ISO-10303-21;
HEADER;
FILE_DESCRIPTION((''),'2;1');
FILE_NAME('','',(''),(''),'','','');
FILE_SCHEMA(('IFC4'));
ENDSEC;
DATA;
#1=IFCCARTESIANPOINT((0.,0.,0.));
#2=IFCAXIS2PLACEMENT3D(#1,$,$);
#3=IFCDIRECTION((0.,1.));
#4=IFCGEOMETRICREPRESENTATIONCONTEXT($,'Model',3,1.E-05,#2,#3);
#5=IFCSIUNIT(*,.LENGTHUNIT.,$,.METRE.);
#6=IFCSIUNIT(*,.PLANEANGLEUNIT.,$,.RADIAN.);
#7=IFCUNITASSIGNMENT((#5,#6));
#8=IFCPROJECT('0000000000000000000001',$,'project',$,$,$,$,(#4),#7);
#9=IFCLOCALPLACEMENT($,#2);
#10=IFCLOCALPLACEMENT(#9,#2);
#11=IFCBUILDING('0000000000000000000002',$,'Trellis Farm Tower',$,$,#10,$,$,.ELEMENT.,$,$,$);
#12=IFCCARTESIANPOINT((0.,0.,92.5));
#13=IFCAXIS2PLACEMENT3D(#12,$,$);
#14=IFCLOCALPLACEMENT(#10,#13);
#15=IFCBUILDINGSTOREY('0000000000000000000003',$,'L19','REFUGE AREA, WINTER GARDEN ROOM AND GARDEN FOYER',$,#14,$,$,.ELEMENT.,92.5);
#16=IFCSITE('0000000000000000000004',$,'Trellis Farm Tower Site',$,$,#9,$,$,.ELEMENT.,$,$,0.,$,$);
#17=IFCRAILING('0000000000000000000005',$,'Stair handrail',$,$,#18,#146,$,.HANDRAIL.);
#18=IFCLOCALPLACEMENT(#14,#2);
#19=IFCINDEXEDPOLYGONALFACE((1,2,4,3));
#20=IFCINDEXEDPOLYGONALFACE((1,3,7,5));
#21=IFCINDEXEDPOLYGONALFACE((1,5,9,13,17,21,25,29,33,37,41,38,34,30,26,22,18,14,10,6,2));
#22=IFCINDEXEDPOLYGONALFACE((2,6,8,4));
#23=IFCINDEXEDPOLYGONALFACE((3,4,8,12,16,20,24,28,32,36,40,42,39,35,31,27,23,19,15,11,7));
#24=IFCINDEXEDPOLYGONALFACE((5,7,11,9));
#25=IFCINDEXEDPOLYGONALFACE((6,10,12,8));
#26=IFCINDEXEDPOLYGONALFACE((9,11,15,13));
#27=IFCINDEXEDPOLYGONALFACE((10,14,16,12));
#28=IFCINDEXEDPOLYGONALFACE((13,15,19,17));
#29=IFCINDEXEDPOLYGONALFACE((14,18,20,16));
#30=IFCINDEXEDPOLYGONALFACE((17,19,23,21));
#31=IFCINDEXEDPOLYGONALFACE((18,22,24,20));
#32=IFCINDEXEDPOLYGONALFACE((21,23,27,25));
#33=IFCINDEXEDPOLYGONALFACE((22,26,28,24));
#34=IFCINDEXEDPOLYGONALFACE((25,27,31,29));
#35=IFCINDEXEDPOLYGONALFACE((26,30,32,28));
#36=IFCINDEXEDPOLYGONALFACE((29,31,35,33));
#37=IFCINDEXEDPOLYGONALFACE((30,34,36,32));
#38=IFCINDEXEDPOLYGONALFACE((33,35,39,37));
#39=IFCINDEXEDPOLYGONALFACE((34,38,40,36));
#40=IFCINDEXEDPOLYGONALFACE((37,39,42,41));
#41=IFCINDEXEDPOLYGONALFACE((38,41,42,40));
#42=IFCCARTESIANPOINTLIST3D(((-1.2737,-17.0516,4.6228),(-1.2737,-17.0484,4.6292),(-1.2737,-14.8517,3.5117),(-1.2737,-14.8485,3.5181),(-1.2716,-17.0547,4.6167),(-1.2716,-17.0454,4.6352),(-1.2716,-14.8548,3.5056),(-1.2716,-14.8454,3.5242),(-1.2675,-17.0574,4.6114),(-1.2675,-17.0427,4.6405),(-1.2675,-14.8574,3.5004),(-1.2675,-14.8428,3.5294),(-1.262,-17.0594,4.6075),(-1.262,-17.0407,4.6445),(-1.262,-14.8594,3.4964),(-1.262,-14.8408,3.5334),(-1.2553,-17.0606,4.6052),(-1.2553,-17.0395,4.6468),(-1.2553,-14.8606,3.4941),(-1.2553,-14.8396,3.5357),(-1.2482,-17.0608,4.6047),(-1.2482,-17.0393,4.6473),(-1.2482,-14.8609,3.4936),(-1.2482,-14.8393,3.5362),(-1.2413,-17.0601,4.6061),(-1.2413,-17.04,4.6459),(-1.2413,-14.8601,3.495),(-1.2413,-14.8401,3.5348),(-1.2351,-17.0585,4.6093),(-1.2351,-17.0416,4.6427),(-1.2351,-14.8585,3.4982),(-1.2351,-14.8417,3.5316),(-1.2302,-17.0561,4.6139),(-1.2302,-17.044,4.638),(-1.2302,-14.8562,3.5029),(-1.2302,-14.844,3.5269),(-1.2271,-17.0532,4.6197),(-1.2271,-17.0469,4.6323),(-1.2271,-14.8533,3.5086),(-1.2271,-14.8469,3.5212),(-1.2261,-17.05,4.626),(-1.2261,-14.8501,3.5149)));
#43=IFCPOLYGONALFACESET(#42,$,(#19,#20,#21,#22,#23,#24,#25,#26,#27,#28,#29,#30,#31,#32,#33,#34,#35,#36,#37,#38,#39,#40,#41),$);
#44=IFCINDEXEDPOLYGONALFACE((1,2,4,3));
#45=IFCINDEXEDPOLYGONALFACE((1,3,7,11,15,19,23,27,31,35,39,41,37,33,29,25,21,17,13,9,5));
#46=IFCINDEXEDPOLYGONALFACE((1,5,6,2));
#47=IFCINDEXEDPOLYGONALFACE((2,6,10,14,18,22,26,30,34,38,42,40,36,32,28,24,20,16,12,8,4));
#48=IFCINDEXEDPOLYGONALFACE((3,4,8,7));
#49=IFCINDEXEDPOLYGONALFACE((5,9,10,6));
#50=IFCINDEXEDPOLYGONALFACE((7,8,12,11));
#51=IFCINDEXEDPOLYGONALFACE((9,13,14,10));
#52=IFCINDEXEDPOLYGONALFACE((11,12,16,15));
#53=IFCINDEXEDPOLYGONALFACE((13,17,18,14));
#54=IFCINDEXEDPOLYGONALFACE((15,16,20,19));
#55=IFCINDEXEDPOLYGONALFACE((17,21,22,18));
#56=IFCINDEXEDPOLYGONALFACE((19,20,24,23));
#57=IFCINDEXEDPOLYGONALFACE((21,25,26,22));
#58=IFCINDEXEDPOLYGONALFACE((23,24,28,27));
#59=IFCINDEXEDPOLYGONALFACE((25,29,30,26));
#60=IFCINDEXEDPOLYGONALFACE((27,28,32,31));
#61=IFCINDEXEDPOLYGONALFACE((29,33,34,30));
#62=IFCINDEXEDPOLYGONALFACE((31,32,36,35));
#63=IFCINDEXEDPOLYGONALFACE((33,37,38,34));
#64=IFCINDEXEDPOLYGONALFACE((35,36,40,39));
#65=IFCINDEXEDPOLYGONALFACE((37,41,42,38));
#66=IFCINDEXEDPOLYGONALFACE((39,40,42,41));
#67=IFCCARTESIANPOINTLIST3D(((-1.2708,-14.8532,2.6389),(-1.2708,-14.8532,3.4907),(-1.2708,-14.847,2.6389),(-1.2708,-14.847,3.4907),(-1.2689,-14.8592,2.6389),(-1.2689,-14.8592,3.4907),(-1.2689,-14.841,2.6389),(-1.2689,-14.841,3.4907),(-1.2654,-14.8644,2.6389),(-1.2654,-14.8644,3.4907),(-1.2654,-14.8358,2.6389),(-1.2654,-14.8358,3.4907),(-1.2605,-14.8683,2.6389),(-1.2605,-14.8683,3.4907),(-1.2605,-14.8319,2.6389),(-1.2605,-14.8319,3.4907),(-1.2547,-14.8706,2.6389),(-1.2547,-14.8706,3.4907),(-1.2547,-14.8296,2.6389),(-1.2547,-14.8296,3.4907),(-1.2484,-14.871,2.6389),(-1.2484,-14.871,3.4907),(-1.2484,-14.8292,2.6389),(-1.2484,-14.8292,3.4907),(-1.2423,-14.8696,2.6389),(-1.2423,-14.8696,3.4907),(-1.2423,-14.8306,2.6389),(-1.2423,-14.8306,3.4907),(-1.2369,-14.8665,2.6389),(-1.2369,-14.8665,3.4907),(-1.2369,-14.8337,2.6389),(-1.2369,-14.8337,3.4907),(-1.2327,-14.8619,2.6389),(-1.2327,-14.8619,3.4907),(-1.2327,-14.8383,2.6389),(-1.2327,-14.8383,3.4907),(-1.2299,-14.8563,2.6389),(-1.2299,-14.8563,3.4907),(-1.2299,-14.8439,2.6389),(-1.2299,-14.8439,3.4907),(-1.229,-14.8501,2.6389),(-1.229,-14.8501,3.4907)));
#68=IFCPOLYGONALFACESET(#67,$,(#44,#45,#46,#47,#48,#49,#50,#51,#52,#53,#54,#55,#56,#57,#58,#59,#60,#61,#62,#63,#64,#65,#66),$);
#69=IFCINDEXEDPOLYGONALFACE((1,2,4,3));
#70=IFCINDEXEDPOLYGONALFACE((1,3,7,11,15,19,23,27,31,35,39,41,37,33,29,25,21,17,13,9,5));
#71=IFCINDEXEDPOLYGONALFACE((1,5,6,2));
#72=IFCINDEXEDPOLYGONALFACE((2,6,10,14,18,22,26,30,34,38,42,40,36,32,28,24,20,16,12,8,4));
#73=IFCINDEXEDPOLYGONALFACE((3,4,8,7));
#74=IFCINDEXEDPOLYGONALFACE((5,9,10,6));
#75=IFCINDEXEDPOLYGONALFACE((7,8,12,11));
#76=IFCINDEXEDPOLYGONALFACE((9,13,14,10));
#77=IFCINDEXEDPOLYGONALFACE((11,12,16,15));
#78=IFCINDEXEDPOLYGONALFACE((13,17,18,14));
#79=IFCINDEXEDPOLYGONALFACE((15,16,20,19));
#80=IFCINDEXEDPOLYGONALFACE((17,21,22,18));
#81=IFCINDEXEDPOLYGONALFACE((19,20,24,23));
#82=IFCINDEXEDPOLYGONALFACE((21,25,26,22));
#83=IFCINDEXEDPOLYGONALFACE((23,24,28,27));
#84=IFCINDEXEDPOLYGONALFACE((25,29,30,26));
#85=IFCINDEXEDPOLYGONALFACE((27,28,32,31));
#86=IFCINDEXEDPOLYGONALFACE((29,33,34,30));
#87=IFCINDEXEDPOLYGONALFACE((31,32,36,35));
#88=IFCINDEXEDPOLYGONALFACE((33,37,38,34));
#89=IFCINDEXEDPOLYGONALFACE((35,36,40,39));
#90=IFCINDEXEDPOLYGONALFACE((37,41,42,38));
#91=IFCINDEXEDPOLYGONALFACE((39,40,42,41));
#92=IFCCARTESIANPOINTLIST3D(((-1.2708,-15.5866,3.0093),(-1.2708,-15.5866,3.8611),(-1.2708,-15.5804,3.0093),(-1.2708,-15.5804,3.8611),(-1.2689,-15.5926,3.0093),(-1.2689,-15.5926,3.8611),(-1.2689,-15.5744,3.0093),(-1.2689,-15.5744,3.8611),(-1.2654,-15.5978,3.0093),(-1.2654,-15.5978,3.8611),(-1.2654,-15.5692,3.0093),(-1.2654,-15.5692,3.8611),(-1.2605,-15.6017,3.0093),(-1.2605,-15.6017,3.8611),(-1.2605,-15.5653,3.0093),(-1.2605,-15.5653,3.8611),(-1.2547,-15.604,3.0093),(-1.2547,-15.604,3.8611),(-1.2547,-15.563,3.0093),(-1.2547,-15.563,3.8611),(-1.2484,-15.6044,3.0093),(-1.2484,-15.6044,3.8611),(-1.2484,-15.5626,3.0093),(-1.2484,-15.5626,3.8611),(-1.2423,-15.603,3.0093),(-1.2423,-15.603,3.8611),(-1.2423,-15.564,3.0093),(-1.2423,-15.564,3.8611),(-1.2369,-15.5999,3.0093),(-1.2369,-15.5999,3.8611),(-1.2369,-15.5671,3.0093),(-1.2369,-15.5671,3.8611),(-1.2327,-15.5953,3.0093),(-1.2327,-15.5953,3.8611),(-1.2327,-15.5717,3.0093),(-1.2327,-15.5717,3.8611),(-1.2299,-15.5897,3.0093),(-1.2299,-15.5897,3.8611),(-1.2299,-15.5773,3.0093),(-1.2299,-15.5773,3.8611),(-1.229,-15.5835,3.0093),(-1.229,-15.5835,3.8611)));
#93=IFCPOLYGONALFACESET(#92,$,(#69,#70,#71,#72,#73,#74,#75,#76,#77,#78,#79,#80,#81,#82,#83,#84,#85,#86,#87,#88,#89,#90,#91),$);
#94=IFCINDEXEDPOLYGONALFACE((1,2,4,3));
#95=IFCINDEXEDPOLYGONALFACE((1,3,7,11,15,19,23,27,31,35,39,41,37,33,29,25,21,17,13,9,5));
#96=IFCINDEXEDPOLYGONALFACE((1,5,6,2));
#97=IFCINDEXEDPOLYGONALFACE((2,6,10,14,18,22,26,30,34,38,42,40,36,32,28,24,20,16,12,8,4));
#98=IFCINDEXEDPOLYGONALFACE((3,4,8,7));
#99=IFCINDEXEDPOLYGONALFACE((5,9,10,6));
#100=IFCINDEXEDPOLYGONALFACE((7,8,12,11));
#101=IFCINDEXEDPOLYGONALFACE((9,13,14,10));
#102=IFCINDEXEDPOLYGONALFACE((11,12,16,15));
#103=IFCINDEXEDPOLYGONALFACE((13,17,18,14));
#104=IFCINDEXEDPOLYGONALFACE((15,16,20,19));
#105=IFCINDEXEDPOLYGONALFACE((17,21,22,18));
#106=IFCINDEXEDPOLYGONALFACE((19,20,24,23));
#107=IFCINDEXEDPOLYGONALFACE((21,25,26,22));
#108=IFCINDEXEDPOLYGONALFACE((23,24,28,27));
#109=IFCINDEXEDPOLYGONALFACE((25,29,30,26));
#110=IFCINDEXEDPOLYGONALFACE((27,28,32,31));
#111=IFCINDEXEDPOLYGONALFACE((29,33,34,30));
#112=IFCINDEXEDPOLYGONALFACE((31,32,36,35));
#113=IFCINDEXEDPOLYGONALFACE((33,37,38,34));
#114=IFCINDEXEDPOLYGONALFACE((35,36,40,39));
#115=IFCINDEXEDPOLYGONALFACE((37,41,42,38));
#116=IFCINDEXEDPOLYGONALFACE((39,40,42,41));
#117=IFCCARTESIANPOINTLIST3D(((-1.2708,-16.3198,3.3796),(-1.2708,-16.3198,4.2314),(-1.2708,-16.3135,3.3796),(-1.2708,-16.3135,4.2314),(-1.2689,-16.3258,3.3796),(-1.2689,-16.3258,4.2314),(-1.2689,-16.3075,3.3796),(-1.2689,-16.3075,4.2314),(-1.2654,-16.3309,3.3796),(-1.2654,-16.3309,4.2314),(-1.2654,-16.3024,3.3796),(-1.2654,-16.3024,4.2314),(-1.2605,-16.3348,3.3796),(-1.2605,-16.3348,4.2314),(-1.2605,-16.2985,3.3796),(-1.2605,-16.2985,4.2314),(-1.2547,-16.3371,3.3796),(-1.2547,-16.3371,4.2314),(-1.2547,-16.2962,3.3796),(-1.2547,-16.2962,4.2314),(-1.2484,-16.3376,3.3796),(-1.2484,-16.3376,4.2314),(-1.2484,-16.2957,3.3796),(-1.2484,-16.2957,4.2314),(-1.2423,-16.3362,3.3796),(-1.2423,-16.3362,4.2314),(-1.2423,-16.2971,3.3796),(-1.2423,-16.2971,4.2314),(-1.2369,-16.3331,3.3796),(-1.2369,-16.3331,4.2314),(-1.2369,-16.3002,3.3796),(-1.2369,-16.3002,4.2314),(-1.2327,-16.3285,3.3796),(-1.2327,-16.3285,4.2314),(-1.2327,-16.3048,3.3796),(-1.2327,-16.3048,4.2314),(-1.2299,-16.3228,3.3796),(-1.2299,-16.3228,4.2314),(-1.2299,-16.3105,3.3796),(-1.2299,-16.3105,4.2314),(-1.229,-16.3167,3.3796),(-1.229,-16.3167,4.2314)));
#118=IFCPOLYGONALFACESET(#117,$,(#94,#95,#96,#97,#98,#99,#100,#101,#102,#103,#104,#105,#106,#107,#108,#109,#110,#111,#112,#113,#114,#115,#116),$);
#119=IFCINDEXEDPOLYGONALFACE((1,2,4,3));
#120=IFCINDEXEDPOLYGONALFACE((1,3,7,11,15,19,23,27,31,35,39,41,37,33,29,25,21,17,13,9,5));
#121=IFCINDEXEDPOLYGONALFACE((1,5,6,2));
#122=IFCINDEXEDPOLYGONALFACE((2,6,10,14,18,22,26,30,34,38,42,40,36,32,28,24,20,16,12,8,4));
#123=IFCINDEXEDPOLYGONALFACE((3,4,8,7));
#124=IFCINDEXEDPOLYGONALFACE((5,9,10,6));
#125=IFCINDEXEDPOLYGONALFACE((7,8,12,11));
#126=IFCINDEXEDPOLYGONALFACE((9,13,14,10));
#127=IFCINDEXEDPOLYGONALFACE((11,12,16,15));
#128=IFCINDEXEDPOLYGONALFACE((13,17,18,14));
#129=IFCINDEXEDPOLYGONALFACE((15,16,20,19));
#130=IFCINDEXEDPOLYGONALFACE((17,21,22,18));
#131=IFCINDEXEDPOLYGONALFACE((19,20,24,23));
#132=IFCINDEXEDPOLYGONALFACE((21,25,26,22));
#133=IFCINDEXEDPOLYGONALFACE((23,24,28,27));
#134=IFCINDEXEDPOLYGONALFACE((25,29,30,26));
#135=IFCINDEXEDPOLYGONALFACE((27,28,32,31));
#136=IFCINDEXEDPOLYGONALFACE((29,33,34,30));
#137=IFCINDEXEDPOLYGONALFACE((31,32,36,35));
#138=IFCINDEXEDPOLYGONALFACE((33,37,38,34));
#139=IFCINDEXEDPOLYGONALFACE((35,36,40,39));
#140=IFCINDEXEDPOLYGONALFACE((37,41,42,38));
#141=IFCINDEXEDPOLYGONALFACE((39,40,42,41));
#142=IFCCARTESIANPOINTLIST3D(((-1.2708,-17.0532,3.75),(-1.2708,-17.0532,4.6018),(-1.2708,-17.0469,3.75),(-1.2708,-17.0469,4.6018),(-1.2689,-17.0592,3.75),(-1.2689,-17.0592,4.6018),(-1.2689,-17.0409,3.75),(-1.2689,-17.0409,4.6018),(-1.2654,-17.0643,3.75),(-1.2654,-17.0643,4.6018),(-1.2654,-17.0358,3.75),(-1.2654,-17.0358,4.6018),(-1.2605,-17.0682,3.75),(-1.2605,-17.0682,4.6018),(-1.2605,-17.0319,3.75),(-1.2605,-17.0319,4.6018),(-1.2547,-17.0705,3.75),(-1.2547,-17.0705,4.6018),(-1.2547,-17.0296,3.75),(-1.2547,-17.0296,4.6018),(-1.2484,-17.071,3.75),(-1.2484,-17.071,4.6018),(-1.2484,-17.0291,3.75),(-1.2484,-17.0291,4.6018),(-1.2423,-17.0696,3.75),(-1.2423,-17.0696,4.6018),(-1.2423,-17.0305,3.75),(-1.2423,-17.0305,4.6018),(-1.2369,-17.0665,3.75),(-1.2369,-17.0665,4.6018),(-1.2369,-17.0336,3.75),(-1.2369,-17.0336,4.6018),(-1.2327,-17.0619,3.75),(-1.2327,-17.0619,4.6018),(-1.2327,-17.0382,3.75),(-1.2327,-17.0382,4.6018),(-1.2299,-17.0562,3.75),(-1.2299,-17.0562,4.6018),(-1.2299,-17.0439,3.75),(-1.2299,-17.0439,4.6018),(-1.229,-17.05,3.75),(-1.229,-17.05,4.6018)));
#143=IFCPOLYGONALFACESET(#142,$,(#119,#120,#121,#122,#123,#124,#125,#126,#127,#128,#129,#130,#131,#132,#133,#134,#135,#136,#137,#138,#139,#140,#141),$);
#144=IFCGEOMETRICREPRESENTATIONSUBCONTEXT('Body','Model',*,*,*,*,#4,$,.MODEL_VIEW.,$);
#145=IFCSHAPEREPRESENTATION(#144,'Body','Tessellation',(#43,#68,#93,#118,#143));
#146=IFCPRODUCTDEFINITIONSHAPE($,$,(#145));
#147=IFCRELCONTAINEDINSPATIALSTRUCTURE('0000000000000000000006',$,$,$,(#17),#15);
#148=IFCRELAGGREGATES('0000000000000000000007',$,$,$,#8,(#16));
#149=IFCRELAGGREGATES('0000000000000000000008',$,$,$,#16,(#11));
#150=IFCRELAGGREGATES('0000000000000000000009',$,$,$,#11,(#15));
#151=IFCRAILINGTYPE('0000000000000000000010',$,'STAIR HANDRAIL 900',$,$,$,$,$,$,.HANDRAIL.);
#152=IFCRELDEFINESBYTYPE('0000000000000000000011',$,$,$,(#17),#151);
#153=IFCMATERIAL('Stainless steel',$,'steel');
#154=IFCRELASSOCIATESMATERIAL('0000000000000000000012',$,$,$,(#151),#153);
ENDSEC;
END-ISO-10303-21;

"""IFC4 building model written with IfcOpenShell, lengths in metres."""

from ifc_helpers import new_model, si_unit, direction, frame, origin, origin_2d, place, context, subcontext, project, spatial, circle, extrude, source, transform, mapped, material, type_object, element, save


model = new_model("IFC4")

# Units and contexts
model_context = context("Model", 3, precision=1e-05, world=origin(), true_north=direction((0.0, 1.0)))
body_context = subcontext(model_context, "Body", "Model", "MODEL_VIEW")
ifc_project = project(units=[si_unit("LENGTHUNIT", "METRE"), si_unit("PLANEANGLEUNIT", "RADIAN")], contexts=[model_context])

# Site, building, storey
site_placement = place(None, origin())
site = spatial("IfcSite", under=ifc_project, at=site_placement, Name="Trellis Farm Tower Site", CompositionType="ELEMENT", RefElevation=0.0)
building_placement = place(site_placement, origin())
building = spatial("IfcBuilding", under=site, at=building_placement, Name="Trellis Farm Tower", CompositionType="ELEMENT")
storey_placement = place(building_placement, frame((0.0, 0.0, 92.5)))
storey = spatial("IfcBuildingStorey", under=building, at=storey_placement, Name="L19", Description="REFUGE AREA, WINTER GARDEN ROOM AND GARDEN FOYER", CompositionType="ELEMENT", Elevation=92.5)

# Railing
ifc_material_1 = material(Name="Stainless steel", Category="steel")
railing_type = type_object("IfcRailingType", Name="STAIR HANDRAIL 900", PredefinedType="HANDRAIL", material=ifc_material_1)
shared_shape_1 = source(origin(), body_context, "Body", "SweptSolid", [
    extrude(circle(Radius=0.0239, at=origin_2d()), frame((0.0, 0.0, 0.876), z_axis=(0.0, -0.892617, 0.450816), x_axis=(1.0, 0.0, 0.0)), (0.0, 0.0, 1.0), 2.4646),
    extrude(circle(Radius=0.021, at=origin_2d()), origin(), (0.0, 0.0, 1.0), 0.8518),
    extrude(circle(Radius=0.021, at=origin_2d()), frame((0.0, -0.7334, 0.3704)), (0.0, 0.0, 1.0), 0.8518),
    extrude(circle(Radius=0.021, at=origin_2d()), frame((0.0, -1.4666, 0.7407)), (0.0, 0.0, 1.0), 0.8518),
    extrude(circle(Radius=0.021, at=origin_2d()), frame((0.0, -2.2, 1.1111)), (0.0, 0.0, 1.0), 0.8518),
])
for number, where, name in (
    (1, (-1.25, -14.8501, 2.6389), "Stair handrail"),
):
    element("IfcRailing", number, at=place(storey_placement, frame(where)), inside=storey, type_object=railing_type, Name=name, PredefinedType="HANDRAIL", context=body_context, shape_type="MappedRepresentation", body=[
        mapped(shared_shape_1, transform((0.0, 0.0, 0.0))),
    ])

save(model, "model.ifc")
